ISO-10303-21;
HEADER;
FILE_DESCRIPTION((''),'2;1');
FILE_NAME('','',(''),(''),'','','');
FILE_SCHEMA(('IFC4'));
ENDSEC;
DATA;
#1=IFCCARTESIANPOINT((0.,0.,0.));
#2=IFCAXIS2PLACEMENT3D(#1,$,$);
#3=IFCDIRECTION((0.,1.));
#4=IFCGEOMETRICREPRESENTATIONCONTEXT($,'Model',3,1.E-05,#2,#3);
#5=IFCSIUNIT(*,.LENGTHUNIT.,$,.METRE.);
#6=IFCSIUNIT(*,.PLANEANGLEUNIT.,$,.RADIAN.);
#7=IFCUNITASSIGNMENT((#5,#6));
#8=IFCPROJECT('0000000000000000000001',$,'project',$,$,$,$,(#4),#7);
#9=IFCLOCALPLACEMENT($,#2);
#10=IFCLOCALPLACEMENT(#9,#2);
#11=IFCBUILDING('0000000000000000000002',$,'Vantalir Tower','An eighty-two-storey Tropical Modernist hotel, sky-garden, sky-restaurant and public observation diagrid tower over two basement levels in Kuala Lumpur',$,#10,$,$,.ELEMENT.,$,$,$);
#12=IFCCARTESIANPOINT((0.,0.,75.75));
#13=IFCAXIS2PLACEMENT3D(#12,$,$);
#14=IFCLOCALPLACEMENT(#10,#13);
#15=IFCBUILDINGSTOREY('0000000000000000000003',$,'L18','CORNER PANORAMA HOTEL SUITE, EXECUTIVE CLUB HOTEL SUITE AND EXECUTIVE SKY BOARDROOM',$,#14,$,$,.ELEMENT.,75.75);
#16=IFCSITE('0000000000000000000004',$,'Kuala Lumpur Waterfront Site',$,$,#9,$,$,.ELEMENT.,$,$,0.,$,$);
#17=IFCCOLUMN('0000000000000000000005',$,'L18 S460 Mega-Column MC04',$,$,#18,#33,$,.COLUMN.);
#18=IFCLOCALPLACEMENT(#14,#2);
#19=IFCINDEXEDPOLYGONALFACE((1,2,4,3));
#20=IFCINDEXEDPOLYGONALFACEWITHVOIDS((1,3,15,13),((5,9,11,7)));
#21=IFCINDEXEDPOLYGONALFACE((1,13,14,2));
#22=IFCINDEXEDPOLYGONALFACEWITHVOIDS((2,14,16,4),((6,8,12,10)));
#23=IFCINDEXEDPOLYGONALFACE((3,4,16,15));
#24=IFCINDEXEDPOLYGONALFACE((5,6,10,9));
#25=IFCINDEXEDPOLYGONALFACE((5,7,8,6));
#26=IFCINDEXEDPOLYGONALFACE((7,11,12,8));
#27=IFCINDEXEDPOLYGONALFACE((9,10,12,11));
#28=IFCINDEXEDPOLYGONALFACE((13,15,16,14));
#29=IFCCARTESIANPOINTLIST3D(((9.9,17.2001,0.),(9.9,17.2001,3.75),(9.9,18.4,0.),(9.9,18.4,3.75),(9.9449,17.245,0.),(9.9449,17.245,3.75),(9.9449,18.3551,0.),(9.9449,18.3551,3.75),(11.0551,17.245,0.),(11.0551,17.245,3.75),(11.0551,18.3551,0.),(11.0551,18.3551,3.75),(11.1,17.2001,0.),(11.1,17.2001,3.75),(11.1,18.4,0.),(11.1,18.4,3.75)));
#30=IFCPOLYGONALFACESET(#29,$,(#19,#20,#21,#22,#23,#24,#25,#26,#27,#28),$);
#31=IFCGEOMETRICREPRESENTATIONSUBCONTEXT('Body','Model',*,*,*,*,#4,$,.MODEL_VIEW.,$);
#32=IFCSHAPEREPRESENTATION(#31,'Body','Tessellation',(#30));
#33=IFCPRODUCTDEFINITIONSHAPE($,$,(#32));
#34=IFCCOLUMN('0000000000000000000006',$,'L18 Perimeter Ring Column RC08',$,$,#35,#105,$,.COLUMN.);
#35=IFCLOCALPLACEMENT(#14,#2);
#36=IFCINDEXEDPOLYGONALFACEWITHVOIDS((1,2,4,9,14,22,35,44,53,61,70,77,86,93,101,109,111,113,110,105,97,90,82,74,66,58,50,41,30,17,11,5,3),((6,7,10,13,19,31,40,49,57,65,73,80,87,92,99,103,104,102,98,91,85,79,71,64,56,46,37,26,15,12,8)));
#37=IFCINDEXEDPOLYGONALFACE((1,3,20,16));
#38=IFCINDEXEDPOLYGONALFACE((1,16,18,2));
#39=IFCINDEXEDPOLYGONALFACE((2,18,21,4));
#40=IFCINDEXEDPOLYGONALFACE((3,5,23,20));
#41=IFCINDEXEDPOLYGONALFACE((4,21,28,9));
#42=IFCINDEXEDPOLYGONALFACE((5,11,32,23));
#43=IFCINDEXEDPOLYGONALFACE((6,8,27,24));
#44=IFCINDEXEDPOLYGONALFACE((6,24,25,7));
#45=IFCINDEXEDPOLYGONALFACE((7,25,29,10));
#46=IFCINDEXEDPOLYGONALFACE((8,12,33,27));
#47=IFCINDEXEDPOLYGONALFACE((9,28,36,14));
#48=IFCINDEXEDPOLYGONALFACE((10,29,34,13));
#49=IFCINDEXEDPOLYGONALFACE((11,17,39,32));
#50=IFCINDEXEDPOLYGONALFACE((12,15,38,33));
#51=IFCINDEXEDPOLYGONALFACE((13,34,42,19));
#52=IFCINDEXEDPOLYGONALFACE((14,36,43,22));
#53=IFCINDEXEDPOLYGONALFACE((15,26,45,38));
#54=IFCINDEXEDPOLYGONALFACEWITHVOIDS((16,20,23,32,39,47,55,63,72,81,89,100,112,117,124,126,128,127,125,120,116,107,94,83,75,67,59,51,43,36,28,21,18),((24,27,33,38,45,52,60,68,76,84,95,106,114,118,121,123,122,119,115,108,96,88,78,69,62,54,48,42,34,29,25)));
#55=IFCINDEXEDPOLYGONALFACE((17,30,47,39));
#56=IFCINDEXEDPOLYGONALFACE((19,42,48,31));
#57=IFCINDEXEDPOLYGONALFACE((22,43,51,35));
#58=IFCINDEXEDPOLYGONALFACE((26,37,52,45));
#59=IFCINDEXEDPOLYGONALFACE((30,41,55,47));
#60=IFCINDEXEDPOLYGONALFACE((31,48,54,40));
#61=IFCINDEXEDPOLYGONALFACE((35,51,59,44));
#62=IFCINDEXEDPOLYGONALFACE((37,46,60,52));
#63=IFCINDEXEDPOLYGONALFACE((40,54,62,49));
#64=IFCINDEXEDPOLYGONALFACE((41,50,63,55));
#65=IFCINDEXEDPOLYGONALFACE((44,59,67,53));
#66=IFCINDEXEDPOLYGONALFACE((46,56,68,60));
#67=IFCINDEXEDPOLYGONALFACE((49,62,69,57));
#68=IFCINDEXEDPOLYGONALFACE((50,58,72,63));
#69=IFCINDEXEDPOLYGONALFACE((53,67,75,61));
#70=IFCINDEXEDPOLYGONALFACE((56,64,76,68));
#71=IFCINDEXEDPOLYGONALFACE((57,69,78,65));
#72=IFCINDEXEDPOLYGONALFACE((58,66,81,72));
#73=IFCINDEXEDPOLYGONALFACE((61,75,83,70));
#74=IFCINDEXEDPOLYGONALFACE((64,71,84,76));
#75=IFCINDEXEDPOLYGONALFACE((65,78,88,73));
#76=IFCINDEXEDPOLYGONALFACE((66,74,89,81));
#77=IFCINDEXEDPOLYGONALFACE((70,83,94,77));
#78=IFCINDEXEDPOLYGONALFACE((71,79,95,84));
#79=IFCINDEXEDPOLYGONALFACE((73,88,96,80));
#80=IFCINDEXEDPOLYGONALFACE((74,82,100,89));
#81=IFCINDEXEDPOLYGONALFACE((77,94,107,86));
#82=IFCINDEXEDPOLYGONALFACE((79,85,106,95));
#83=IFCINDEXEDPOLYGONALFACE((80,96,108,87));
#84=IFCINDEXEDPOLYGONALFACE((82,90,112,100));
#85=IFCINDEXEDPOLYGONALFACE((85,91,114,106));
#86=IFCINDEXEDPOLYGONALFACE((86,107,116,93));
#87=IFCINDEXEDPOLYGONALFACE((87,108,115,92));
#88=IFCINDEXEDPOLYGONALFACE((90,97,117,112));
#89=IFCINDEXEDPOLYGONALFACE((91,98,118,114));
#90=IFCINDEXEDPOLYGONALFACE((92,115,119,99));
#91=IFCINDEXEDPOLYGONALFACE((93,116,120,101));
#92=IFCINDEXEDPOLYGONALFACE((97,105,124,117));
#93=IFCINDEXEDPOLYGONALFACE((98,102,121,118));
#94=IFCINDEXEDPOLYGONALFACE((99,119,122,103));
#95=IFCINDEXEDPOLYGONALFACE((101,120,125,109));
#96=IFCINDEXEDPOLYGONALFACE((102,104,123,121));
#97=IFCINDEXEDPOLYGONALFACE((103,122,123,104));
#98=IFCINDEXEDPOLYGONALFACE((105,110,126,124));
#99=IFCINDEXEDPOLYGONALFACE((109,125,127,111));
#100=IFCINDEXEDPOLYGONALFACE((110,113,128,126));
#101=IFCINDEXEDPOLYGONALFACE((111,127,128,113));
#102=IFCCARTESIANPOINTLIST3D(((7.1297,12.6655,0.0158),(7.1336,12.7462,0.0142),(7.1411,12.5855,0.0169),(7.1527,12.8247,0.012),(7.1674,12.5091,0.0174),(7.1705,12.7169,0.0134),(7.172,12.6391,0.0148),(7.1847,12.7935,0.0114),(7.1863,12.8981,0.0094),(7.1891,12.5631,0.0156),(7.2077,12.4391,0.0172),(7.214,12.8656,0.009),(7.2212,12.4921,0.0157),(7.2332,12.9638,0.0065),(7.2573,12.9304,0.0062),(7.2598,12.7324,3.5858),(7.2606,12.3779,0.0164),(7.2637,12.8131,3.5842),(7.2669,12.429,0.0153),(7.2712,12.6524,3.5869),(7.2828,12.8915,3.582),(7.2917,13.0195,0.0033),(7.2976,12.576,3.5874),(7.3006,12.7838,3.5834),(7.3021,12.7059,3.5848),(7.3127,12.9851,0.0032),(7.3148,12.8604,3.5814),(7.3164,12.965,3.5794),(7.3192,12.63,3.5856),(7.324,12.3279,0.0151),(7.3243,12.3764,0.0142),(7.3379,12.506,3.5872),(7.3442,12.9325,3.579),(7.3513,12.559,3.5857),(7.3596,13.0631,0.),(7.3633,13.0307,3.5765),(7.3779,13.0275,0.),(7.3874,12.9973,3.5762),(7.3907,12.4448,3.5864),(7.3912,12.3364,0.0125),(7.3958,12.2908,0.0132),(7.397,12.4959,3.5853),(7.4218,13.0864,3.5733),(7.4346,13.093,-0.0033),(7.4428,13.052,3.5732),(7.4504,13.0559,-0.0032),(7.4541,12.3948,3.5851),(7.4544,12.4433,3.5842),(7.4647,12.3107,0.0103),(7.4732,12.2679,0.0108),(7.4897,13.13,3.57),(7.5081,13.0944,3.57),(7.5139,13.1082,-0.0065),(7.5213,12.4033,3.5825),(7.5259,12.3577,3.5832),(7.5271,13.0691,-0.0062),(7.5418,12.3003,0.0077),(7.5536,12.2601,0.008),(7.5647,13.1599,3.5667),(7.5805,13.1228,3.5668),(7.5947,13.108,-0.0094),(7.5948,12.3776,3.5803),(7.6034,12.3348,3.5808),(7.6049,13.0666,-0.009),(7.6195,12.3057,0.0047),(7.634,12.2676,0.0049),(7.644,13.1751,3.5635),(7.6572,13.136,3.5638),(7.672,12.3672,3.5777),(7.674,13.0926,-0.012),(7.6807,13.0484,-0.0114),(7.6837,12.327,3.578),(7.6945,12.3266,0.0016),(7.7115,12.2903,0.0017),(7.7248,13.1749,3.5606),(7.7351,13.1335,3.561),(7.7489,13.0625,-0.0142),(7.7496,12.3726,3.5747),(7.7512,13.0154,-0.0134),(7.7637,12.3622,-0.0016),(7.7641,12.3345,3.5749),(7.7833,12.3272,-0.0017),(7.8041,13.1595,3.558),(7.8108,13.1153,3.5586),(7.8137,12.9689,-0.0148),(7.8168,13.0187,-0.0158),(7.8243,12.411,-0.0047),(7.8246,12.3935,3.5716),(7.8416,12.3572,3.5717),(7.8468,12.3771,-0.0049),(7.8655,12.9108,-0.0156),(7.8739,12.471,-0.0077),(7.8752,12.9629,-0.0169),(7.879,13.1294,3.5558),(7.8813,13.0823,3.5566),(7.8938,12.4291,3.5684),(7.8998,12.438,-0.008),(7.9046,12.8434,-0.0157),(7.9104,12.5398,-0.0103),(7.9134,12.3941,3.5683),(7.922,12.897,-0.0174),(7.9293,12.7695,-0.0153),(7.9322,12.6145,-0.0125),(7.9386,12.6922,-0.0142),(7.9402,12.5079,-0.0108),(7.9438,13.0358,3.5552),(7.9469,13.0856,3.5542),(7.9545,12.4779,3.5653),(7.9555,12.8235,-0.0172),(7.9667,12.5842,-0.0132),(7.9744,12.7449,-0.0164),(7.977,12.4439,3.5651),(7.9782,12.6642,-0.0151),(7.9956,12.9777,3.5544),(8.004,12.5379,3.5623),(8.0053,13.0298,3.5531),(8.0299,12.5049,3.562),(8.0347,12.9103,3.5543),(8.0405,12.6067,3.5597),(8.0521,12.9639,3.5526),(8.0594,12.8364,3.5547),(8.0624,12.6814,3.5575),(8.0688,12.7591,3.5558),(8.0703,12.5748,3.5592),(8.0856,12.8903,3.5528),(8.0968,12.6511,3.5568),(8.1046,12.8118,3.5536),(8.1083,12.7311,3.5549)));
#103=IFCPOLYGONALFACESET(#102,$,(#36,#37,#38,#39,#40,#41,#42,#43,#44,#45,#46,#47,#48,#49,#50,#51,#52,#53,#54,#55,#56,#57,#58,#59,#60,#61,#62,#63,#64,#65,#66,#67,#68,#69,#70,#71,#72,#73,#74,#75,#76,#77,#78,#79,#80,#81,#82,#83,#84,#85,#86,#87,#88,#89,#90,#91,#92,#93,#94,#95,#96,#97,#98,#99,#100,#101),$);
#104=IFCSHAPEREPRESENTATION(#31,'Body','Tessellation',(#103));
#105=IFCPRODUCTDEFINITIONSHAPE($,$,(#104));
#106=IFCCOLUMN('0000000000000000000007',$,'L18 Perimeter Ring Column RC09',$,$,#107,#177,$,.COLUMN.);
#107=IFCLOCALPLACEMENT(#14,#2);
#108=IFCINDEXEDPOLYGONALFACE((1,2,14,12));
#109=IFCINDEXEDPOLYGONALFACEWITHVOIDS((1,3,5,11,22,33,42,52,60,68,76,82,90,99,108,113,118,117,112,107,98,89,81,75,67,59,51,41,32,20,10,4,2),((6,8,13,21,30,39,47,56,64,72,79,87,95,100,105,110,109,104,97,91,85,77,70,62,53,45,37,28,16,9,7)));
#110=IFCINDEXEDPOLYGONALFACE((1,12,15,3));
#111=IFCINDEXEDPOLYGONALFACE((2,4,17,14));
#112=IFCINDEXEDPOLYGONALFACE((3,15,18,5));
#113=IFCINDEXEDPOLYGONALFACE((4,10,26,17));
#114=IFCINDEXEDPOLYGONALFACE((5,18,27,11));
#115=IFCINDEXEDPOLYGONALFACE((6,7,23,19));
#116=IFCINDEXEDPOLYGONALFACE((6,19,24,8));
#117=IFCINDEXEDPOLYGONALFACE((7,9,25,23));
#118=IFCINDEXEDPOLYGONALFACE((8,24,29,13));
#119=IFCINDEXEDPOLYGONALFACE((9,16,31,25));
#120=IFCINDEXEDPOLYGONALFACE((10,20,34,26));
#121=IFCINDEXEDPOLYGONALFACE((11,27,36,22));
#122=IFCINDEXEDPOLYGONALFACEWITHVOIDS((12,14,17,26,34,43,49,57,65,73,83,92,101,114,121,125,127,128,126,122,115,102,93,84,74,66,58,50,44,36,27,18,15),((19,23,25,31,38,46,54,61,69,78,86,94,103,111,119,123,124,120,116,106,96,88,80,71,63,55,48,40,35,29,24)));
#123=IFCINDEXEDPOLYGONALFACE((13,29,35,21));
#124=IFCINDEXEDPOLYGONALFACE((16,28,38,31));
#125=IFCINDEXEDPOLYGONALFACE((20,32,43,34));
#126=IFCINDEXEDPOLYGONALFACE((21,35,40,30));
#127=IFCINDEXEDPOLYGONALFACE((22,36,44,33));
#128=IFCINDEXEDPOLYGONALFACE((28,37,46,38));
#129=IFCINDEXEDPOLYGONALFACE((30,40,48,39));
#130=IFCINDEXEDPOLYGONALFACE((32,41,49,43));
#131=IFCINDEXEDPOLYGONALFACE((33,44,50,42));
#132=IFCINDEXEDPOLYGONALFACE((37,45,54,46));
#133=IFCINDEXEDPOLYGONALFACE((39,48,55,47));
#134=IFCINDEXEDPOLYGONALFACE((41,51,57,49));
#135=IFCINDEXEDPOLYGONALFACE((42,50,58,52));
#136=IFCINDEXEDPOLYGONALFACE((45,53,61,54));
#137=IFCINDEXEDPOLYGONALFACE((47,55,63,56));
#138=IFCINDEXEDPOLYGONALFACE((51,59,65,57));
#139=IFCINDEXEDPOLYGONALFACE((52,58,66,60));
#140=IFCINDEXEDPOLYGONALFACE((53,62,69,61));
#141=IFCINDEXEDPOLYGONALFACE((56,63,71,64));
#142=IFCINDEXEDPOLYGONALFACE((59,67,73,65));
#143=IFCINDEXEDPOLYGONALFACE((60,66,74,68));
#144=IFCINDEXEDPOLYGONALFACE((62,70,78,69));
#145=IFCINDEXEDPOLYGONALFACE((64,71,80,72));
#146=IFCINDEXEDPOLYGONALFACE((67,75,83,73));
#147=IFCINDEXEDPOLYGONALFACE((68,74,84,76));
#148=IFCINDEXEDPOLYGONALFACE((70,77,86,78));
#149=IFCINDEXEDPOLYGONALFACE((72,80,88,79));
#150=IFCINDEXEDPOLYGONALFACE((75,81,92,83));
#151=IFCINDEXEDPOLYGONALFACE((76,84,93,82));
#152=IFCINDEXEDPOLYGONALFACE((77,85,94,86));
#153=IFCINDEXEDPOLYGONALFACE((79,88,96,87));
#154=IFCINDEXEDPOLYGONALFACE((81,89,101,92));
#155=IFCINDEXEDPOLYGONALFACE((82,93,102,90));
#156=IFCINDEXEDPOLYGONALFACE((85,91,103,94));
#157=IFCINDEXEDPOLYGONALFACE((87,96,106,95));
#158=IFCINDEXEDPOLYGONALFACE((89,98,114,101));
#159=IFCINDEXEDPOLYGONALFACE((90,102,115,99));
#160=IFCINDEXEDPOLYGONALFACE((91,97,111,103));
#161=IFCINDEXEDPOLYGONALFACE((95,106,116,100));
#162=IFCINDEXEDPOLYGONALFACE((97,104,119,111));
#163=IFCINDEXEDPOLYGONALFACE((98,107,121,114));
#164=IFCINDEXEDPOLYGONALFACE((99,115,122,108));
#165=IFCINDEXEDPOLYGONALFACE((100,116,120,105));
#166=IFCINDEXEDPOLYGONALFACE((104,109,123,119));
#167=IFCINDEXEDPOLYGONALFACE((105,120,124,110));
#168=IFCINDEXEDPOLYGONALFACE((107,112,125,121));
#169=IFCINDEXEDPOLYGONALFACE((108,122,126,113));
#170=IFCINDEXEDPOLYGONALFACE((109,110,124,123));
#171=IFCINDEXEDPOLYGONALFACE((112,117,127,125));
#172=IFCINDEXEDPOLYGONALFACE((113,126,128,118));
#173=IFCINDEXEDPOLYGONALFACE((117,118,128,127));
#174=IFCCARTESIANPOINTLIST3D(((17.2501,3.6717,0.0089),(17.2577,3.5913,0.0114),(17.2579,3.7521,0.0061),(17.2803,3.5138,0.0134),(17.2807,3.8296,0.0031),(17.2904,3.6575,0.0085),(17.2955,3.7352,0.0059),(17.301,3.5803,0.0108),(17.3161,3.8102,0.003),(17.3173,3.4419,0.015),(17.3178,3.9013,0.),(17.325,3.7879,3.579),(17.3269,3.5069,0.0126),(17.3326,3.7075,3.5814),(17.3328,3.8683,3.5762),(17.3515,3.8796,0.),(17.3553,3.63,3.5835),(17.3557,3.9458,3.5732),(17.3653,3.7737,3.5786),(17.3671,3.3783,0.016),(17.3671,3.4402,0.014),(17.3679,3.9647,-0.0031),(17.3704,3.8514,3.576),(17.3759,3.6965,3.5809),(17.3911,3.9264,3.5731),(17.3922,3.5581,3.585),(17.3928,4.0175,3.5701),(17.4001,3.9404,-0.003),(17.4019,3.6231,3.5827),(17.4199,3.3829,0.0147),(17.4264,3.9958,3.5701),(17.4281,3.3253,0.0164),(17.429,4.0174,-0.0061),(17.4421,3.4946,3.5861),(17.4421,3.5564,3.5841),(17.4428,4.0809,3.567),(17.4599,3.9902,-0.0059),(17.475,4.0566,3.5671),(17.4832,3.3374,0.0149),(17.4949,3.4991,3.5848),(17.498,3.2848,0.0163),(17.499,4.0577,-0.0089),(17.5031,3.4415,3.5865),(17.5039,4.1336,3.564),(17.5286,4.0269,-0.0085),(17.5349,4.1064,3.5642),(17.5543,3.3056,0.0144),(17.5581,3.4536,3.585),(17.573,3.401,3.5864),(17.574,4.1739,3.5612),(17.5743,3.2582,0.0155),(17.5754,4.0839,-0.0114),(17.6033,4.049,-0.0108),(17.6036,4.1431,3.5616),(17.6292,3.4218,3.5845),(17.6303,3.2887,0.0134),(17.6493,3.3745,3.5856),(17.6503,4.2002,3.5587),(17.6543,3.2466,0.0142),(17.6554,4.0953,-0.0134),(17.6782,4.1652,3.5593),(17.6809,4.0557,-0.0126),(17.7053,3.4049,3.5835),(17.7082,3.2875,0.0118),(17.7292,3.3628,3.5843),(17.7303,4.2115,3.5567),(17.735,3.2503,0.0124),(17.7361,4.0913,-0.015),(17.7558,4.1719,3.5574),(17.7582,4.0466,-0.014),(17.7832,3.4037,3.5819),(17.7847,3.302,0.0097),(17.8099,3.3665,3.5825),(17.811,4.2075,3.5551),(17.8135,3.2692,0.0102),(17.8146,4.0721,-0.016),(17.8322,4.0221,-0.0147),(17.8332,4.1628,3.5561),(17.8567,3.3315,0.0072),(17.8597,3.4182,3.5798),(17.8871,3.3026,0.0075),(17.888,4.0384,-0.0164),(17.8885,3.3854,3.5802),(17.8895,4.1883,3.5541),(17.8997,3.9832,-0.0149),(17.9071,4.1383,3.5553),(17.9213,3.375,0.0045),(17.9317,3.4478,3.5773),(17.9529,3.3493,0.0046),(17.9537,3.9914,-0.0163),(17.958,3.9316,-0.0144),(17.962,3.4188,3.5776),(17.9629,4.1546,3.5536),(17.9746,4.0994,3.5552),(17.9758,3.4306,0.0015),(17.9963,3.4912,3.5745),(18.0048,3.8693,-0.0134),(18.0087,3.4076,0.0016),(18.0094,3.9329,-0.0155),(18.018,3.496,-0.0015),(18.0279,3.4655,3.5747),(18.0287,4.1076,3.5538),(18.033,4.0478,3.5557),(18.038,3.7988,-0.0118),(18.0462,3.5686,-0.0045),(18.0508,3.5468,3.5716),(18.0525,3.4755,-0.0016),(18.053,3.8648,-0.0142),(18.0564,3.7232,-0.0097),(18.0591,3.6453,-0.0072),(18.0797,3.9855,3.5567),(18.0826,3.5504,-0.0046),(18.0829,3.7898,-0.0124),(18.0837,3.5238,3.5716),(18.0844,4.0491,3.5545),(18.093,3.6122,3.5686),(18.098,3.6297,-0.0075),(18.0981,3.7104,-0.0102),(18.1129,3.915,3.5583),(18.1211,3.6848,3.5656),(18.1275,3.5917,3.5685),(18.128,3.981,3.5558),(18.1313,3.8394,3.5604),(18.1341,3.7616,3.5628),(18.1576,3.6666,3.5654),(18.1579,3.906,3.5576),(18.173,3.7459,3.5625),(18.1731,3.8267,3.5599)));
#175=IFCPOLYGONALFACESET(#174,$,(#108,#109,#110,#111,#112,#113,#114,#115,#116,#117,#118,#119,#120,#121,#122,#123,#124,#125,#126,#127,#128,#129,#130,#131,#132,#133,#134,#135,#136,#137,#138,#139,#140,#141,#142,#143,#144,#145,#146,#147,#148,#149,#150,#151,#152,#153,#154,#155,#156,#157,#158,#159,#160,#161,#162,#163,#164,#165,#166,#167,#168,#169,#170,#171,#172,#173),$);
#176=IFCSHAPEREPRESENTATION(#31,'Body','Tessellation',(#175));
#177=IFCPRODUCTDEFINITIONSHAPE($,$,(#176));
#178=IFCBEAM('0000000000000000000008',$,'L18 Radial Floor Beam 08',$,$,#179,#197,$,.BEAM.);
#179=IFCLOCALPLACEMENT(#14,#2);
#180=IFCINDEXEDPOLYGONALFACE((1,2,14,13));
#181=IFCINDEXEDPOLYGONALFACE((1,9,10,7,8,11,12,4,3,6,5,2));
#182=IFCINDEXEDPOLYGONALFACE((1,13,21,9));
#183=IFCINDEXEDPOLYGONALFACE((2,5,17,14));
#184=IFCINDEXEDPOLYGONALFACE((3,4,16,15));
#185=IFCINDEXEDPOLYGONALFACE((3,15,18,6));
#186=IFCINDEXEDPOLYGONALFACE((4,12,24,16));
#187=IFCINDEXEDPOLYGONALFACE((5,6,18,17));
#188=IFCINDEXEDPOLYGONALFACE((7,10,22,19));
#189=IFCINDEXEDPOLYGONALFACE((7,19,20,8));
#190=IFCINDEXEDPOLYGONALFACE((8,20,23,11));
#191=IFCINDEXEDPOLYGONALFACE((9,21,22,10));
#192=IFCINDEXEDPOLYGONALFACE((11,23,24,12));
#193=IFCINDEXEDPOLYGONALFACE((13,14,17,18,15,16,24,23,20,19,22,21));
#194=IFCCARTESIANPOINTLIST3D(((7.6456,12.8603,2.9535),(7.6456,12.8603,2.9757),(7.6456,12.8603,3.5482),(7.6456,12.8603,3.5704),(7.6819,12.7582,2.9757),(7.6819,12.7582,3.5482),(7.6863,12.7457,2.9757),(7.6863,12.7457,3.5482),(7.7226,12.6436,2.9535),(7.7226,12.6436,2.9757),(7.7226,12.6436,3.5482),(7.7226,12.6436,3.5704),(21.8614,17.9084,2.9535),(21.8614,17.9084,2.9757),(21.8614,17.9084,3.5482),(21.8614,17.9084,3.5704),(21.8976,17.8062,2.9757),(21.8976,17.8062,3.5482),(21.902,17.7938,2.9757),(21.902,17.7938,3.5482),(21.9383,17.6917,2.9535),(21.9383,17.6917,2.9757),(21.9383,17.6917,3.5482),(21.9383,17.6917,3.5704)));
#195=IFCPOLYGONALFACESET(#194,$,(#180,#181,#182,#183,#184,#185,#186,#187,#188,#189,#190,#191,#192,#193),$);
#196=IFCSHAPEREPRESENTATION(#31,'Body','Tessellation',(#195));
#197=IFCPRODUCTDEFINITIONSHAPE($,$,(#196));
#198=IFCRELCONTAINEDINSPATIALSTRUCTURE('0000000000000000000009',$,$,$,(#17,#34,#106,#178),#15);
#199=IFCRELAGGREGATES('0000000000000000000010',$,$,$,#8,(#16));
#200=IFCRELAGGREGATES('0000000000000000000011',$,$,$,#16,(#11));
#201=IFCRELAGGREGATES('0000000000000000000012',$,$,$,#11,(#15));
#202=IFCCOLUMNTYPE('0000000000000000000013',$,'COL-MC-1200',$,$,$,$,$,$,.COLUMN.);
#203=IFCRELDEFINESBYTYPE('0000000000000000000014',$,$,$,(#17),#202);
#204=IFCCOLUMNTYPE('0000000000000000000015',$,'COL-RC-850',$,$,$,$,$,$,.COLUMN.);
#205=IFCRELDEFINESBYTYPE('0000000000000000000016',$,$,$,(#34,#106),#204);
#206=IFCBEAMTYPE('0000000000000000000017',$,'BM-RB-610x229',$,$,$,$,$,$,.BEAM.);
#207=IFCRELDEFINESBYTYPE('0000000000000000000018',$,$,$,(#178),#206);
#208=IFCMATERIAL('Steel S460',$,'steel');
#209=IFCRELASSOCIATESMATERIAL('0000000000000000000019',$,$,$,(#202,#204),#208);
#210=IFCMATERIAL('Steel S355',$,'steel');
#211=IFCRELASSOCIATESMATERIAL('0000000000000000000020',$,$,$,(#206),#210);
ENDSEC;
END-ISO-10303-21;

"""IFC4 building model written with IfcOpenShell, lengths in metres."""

from ifc_helpers import new_model, si_unit, direction, frame, origin, origin_2d, place, context, subcontext, project, spatial, hollow_rectangle, hollow_circle, i_section, extrude, material, material_profile, profile_set, type_object, element, save


model = new_model("IFC4")

# Units and contexts
model_context = context("Model", 3, precision=1e-05, world=origin(), true_north=direction((0.0, 1.0)))
body_context = subcontext(model_context, "Body", "Model", "MODEL_VIEW")
ifc_project = project(units=[si_unit("LENGTHUNIT", "METRE"), si_unit("PLANEANGLEUNIT", "RADIAN")], contexts=[model_context])

# Site, building, storey
site_placement = place(None, origin())
site = spatial("IfcSite", under=ifc_project, at=site_placement, Name="Kuala Lumpur Waterfront Site", CompositionType="ELEMENT", RefElevation=0.0)
building_placement = place(site_placement, origin())
building = spatial("IfcBuilding", under=site, at=building_placement, Name="Vantalir Tower", Description="An eighty-two-storey Tropical Modernist hotel, sky-garden, sky-restaurant and public observation diagrid tower over two basement levels in Kuala Lumpur", CompositionType="ELEMENT")
storey_placement = place(building_placement, frame((0.0, 0.0, 75.75)))
storey = spatial("IfcBuildingStorey", under=building, at=storey_placement, Name="L18", Description="CORNER PANORAMA HOTEL SUITE, EXECUTIVE CLUB HOTEL SUITE AND EXECUTIVE SKY BOARDROOM", CompositionType="ELEMENT", Elevation=75.75)

# Columns
ifc_material_1 = material(Name="Steel S460", Category="steel")
ifc_material_profile_1 = material_profile(ifc_material_1, hollow_rectangle(XDim=1.2, YDim=1.2, WallThickness=0.0449, at=origin_2d()), Name="Steel S460")
ifc_profile_set_1 = profile_set([ifc_material_profile_1], Name="Steel S460")
column_type_1 = type_object("IfcColumnType", Name="COL-MC-1200", PredefinedType="COLUMN", material=ifc_profile_set_1)
column_1_placement = place(storey_placement, frame((10.5, 17.8, 0.0), z_axis=(0.0, 0.0, 1.0), x_axis=(1.0, 0.0, 0.0)))
element("IfcColumn", 1, at=column_1_placement, inside=storey, type_object=column_type_1, Name="L18 S460 Mega-Column MC04", PredefinedType="COLUMN", context=body_context, shape_type="SweptSolid", body=[
    extrude(hollow_rectangle(XDim=1.2, YDim=1.2, WallThickness=0.0449, at=origin_2d()), origin(), (0.0, 0.0, 1.0), 3.75),
])
ifc_material_profile_2 = material_profile(ifc_material_1, hollow_circle(Radius=0.425, WallThickness=0.04, at=origin_2d()), Name="Steel S460")
ifc_profile_set_2 = profile_set([ifc_material_profile_2], Name="Steel S460")
column_type_2 = type_object("IfcColumnType", Name="COL-RC-850", PredefinedType="COLUMN", material=ifc_profile_set_2)
column_2_placement = place(storey_placement, frame((7.554, 12.6851, 0.0), z_axis=(0.036419, 0.018722, 0.999161), x_axis=(-0.457197, 0.889365, 0.0)))
element("IfcColumn", 2, at=column_2_placement, inside=storey, type_object=column_type_2, Name="L18 Perimeter Ring Column RC08", PredefinedType="COLUMN", context=body_context, shape_type="SweptSolid", body=[
    extrude(hollow_circle(Radius=0.425, WallThickness=0.04, at=origin_2d()), origin(), (0.0, 0.0, 1.0), 3.573),
])
column_3_placement = place(storey_placement, frame((17.675, 3.6709, 0.0), z_axis=(0.020979, 0.032527, 0.999251), x_axis=(-0.840374, 0.542006, 0.0)))
element("IfcColumn", 3, at=column_3_placement, inside=storey, type_object=column_type_2, Name="L18 Perimeter Ring Column RC09", PredefinedType="COLUMN", context=body_context, shape_type="SweptSolid", body=[
    extrude(hollow_circle(Radius=0.425, WallThickness=0.04, at=origin_2d()), origin(), (0.0, 0.0, 1.0), 3.5728),
])

# Beam
ifc_material_2 = material(Name="Steel S355", Category="steel")
ifc_material_profile_3 = material_profile(ifc_material_2, i_section(OverallWidth=0.23, OverallDepth=0.6169, WebThickness=0.0132, FlangeThickness=0.0222, at=origin_2d()), Name="Steel S355")
ifc_profile_set_3 = profile_set([ifc_material_profile_3], Name="Steel S355")
beam_type_1 = type_object("IfcBeamType", Name="BM-RB-610x229", PredefinedType="BEAM", material=ifc_profile_set_3)
beam_1_placement = place(storey_placement, frame((7.6841, 12.752, 3.262), z_axis=(0.942349, 0.334632, 0.0), x_axis=(-0.334632, 0.942349, 0.0)))
element("IfcBeam", 4, at=beam_1_placement, inside=storey, type_object=beam_type_1, Name="L18 Radial Floor Beam 08", PredefinedType="BEAM", context=body_context, shape_type="SweptSolid", body=[
    extrude(i_section(OverallWidth=0.23, OverallDepth=0.6169, WebThickness=0.0132, FlangeThickness=0.0222, at=origin_2d()), origin(), (0.0, 0.0, 1.0), 15.0854),
])

save(model, "model.ifc")
